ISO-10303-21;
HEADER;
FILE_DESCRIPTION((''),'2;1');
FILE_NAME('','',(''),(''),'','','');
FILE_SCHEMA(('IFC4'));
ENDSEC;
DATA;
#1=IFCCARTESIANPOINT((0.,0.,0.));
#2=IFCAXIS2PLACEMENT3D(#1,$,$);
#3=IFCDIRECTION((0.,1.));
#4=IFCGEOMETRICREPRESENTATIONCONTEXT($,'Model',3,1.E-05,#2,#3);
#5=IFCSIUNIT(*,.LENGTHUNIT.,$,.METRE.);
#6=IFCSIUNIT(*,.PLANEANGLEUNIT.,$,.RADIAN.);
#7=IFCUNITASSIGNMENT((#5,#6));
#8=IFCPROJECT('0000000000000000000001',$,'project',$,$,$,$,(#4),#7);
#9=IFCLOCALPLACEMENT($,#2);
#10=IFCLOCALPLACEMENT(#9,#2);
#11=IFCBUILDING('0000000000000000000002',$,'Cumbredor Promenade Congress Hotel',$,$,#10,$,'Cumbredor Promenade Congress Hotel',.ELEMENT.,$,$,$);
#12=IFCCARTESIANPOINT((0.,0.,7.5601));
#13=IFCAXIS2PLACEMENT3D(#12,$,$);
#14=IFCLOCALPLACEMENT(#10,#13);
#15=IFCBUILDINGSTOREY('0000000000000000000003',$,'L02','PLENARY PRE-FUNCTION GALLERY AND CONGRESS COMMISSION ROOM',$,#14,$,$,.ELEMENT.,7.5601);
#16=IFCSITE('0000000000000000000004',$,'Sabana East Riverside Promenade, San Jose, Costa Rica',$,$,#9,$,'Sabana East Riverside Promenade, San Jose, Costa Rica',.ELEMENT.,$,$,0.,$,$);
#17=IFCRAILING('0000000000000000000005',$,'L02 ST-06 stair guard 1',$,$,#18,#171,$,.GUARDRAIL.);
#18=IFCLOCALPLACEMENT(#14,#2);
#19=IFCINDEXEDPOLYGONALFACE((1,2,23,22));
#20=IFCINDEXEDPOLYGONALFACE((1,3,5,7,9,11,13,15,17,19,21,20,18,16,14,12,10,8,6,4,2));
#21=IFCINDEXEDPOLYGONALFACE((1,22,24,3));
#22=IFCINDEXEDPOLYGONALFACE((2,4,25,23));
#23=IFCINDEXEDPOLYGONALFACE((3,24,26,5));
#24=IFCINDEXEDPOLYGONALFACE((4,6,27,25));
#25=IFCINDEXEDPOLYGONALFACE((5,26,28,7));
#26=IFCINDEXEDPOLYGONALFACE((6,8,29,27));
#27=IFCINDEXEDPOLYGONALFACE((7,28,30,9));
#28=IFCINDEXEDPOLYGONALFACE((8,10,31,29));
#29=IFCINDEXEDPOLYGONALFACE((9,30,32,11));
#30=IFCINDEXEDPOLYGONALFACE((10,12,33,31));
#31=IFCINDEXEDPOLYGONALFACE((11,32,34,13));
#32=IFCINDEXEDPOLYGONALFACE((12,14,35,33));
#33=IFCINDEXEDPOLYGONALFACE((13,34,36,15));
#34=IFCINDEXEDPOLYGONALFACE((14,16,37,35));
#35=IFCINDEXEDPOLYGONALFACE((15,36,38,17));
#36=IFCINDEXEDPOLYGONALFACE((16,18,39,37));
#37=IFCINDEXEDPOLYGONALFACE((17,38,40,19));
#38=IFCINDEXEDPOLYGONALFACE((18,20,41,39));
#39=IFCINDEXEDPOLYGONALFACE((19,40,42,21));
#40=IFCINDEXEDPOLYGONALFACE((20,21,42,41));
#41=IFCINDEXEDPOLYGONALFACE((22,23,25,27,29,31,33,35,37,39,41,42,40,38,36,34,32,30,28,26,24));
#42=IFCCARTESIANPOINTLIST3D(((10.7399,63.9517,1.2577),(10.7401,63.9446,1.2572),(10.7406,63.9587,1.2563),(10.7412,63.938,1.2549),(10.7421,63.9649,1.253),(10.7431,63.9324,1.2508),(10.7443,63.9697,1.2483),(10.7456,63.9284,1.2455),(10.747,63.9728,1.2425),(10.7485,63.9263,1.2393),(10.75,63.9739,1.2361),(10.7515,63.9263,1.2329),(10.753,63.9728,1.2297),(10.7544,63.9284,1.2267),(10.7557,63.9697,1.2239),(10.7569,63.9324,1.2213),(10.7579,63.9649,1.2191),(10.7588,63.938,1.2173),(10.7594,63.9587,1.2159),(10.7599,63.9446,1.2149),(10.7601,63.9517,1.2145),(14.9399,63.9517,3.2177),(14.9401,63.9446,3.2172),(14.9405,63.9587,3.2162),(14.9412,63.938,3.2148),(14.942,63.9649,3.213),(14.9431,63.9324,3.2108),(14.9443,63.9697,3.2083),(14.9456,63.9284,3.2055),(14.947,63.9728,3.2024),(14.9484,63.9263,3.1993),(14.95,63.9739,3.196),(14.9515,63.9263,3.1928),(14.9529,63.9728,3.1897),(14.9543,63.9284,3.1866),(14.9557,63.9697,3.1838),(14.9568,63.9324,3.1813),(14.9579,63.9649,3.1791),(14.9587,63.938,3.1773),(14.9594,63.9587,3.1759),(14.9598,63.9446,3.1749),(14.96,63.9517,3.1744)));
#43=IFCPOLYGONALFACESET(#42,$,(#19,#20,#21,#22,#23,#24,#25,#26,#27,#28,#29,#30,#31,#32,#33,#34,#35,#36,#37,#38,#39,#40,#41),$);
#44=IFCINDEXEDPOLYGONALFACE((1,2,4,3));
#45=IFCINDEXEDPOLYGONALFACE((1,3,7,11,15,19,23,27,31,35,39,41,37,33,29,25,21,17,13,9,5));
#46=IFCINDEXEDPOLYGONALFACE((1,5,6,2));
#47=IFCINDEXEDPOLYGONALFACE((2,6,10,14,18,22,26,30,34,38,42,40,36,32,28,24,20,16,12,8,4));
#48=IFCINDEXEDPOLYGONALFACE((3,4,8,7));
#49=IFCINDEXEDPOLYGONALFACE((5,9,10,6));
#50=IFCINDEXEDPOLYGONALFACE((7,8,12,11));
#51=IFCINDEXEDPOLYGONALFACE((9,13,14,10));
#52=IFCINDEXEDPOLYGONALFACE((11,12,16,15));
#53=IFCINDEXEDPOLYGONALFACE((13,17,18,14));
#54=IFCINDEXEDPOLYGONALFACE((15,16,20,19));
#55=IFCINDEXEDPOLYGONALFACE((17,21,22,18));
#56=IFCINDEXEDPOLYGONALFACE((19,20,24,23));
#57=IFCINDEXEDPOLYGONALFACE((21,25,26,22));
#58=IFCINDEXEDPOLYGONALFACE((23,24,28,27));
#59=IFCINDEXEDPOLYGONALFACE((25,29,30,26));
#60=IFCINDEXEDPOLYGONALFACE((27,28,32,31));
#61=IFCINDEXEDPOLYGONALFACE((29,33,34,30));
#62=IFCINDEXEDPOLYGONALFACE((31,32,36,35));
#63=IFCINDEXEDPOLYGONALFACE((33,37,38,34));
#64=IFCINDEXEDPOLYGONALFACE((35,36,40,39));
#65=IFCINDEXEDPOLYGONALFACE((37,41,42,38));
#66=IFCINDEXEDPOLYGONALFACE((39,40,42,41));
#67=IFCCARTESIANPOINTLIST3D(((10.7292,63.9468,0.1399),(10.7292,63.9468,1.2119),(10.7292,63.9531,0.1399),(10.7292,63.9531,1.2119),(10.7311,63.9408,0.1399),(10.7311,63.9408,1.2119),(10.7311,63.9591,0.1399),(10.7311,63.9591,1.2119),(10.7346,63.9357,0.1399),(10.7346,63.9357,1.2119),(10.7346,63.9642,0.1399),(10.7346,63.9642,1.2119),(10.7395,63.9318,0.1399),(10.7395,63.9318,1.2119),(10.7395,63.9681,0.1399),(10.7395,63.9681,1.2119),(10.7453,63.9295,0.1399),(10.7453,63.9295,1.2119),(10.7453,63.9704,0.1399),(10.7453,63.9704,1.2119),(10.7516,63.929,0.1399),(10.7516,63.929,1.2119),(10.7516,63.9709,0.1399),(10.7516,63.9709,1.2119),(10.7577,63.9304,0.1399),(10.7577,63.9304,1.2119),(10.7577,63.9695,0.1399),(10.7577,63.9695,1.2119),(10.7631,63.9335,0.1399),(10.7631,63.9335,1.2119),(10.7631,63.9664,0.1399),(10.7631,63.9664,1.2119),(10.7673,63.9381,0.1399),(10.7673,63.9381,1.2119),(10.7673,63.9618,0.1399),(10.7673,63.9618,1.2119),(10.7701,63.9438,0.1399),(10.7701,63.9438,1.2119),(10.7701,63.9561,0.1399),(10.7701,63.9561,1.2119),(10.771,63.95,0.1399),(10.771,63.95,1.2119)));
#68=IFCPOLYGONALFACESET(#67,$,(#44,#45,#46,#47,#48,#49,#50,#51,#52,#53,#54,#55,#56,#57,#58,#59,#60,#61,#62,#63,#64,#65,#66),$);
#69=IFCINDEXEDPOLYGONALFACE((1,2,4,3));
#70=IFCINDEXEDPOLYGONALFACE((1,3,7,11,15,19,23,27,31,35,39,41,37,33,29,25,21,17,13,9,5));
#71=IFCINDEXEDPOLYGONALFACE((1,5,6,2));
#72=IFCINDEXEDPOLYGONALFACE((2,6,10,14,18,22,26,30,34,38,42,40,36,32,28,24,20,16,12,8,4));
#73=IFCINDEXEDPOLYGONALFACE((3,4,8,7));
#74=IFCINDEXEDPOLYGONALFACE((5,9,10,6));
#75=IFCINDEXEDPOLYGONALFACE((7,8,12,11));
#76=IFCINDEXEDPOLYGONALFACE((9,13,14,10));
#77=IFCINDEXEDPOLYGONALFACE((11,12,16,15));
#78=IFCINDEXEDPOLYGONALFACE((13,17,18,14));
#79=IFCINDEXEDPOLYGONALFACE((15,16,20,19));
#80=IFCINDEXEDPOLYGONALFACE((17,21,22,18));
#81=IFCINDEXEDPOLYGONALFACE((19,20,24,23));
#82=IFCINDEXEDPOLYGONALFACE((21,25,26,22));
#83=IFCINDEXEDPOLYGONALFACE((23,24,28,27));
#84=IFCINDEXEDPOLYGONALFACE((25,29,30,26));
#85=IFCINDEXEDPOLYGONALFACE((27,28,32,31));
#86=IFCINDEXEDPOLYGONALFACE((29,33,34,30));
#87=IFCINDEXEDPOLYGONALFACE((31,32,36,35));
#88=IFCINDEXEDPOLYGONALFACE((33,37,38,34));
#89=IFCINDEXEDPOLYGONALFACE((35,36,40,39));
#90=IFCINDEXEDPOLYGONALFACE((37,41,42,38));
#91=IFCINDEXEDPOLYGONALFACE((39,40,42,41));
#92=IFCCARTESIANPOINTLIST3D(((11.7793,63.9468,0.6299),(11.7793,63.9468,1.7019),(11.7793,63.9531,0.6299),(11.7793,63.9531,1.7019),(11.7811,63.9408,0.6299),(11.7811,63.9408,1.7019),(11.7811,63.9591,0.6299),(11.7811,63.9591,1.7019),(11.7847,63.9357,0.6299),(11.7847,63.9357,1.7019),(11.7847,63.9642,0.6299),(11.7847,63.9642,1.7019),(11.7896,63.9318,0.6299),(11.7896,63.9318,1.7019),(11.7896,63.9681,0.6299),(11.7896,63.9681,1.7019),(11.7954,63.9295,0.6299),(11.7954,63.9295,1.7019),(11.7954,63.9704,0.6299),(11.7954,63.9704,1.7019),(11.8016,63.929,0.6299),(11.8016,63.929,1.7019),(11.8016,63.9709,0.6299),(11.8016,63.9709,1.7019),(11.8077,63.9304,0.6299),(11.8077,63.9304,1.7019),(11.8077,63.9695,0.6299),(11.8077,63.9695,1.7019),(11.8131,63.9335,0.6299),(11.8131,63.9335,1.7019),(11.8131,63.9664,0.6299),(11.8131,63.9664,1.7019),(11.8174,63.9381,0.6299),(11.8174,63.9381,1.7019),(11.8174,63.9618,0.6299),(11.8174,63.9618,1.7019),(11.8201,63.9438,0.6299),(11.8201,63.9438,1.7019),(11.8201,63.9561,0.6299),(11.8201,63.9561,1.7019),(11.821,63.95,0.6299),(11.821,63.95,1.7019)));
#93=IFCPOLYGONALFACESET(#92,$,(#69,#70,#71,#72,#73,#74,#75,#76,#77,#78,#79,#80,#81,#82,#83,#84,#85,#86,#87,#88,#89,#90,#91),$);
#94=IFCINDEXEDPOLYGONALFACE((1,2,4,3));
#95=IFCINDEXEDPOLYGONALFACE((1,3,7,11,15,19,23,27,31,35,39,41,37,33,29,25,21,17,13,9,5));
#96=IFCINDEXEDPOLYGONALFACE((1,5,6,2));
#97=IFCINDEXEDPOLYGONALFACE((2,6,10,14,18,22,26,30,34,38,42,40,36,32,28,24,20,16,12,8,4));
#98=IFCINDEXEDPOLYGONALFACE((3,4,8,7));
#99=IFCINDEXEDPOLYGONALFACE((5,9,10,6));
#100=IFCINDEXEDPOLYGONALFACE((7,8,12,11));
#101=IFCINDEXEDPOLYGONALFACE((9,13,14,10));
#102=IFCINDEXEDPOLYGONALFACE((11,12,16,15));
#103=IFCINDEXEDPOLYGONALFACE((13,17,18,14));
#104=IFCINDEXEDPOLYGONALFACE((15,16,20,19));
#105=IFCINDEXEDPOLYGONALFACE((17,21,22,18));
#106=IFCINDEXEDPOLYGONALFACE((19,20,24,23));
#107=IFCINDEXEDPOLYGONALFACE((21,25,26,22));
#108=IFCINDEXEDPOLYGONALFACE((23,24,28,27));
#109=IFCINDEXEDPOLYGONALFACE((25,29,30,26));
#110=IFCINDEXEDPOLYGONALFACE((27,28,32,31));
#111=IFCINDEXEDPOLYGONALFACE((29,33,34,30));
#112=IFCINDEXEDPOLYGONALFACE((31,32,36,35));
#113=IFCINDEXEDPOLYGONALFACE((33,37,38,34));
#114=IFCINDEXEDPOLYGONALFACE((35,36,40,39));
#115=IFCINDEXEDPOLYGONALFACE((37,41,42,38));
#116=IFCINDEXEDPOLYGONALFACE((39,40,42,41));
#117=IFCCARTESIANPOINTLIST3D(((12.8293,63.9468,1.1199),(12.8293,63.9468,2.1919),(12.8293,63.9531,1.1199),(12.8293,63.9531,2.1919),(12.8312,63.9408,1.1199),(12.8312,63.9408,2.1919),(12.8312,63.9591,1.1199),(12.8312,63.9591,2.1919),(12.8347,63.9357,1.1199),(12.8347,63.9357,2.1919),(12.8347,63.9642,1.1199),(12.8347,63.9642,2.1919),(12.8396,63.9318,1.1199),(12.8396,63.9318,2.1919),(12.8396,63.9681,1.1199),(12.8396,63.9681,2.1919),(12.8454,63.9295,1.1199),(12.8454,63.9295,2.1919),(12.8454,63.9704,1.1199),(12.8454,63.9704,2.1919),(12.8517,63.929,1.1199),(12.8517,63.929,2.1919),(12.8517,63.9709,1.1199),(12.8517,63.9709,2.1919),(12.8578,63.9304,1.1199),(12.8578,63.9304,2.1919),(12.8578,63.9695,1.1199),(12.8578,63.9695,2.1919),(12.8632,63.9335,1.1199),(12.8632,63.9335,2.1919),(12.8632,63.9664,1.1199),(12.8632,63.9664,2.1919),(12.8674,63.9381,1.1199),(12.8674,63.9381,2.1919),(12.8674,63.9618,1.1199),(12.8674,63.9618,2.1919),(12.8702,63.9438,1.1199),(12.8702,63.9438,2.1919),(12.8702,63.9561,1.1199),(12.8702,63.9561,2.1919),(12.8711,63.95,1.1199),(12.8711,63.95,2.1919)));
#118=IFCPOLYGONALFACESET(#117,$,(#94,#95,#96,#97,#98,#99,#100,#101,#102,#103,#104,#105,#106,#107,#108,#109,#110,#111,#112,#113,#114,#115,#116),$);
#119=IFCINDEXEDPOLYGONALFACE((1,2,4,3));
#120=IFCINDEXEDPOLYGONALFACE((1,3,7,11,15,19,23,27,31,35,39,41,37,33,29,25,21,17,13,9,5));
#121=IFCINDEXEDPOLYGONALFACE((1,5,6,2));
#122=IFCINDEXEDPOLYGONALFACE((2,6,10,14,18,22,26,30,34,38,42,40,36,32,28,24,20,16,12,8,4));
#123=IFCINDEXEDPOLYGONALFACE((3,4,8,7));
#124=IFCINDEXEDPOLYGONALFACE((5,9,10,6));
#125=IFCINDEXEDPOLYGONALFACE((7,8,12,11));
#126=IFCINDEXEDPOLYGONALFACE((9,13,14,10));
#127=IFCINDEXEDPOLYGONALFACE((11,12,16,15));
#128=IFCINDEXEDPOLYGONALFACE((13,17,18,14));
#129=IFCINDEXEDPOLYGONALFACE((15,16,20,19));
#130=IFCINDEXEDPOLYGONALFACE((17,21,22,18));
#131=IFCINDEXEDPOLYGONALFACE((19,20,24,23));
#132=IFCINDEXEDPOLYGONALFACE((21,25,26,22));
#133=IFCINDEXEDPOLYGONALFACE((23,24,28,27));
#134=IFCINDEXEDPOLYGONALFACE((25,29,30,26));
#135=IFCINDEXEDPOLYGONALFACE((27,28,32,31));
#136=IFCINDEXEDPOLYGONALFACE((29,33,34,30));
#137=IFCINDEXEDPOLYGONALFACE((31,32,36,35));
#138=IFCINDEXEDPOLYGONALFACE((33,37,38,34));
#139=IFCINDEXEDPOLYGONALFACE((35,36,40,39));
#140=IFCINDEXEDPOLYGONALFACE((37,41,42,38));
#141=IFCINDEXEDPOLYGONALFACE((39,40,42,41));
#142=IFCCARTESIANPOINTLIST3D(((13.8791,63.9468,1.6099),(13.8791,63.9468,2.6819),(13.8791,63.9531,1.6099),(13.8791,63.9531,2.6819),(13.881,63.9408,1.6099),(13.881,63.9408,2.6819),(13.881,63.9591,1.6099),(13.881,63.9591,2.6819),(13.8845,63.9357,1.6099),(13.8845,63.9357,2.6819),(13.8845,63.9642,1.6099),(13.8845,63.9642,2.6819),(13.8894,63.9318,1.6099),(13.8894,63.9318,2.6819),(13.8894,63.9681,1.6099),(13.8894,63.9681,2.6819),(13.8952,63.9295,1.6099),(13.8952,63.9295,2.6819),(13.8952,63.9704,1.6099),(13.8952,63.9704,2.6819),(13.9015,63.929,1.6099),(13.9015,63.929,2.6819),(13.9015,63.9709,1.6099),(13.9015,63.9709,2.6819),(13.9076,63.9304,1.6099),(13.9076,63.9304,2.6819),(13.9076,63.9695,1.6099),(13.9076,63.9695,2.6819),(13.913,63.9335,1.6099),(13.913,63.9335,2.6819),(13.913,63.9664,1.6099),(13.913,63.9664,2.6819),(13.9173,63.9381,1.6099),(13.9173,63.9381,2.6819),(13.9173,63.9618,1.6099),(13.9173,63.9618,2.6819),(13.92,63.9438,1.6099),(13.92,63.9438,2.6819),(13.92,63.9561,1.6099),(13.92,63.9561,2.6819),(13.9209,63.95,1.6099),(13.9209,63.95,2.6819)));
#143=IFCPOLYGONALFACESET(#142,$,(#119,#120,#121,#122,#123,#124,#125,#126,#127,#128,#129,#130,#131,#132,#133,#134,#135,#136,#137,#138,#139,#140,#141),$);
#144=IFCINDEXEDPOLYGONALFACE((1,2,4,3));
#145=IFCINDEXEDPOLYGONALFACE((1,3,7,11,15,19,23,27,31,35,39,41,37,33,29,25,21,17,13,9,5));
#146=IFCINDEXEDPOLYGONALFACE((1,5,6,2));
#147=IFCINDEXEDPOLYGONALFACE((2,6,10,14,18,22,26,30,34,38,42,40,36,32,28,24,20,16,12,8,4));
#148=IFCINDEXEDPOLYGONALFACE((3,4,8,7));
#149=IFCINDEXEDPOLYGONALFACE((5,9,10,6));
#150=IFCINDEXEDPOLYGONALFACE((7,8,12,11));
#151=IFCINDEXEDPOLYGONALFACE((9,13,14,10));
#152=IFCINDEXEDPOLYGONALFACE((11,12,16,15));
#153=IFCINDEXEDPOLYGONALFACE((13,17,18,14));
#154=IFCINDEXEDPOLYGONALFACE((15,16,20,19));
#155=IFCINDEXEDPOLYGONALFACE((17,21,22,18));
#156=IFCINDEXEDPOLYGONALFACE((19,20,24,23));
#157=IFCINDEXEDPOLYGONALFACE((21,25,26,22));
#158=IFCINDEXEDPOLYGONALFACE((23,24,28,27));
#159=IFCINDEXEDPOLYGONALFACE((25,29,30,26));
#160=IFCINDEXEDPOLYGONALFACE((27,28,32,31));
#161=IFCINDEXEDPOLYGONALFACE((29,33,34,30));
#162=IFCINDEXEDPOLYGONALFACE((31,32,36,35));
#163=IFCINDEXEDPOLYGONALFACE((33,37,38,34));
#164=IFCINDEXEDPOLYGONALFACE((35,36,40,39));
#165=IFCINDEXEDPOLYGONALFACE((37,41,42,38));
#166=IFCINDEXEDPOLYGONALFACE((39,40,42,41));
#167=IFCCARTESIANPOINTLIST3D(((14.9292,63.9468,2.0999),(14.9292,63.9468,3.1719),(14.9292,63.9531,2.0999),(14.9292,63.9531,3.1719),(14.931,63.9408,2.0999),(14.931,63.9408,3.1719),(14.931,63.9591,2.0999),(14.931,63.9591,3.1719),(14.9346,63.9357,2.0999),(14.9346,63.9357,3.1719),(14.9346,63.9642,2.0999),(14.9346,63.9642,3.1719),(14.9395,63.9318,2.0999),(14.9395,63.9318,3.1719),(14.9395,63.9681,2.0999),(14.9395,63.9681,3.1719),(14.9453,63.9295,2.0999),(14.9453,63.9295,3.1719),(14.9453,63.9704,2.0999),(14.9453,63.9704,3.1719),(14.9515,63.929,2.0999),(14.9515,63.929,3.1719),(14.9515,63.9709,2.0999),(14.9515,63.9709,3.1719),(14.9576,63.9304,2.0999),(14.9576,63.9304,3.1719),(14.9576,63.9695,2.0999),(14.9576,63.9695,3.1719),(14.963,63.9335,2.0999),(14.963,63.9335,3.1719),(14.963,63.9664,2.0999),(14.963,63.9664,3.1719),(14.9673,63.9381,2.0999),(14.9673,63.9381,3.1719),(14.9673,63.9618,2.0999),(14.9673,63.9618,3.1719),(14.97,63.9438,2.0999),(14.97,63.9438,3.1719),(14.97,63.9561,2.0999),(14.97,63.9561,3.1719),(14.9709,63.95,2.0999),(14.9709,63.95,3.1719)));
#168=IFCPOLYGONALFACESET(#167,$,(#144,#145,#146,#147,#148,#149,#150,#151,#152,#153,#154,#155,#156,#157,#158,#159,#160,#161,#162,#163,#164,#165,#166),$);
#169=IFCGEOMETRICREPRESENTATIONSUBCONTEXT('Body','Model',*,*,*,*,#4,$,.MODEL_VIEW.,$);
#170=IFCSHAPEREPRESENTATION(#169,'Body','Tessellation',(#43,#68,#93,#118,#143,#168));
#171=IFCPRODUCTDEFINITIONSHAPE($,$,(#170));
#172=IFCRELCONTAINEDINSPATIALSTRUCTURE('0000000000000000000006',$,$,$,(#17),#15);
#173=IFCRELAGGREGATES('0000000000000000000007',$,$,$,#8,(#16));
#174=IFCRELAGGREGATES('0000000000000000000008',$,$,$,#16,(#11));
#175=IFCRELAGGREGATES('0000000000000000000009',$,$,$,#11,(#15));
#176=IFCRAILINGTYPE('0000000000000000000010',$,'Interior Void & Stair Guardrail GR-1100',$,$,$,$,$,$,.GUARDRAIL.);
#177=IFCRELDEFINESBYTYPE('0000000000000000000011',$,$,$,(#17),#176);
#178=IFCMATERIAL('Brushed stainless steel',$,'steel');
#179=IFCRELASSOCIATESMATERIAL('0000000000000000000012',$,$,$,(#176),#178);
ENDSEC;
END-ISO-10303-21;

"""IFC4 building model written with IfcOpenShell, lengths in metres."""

from ifc_helpers import new_model, si_unit, direction, frame, origin, origin_2d, place, context, subcontext, project, spatial, circle, extrude, material, type_object, element, save


model = new_model("IFC4")

# Units and contexts
model_context = context("Model", 3, precision=1e-05, world=origin(), true_north=direction((0.0, 1.0)))
body_context = subcontext(model_context, "Body", "Model", "MODEL_VIEW")
ifc_project = project(units=[si_unit("LENGTHUNIT", "METRE"), si_unit("PLANEANGLEUNIT", "RADIAN")], contexts=[model_context])

# Site, building, storey
site_placement = place(None, origin())
site = spatial("IfcSite", under=ifc_project, at=site_placement, Name="Sabana East Riverside Promenade, San Jose, Costa Rica", LongName="Sabana East Riverside Promenade, San Jose, Costa Rica", CompositionType="ELEMENT", RefElevation=0.0)
building_placement = place(site_placement, origin())
building = spatial("IfcBuilding", under=site, at=building_placement, Name="Cumbredor Promenade Congress Hotel", LongName="Cumbredor Promenade Congress Hotel", CompositionType="ELEMENT")
storey_placement = place(building_placement, frame((0.0, 0.0, 7.5601)))
storey = spatial("IfcBuildingStorey", under=building, at=storey_placement, Name="L02", Description="PLENARY PRE-FUNCTION GALLERY AND CONGRESS COMMISSION ROOM", CompositionType="ELEMENT", Elevation=7.5601)

# Shared definitions
ifc_material_1 = material(Name="Brushed stainless steel", Category="steel")

# Railing
railing_type_1 = type_object("IfcRailingType", Name="Interior Void & Stair Guardrail GR-1100", PredefinedType="GUARDRAIL", material=ifc_material_1)
railing_1_placement = place(storey_placement, frame((10.75, 63.95, 0.1399)))
element("IfcRailing", 1, at=railing_1_placement, inside=storey, type_object=railing_type_1, Name="L02 ST-06 stair guard 1", PredefinedType="GUARDRAIL", context=body_context, shape_type="SweptSolid", body=[
    extrude(circle(Radius=0.0239, at=origin_2d()), frame((0.0, 0.0, 1.0962), z_axis=(0.906184, 0.0, 0.422883), x_axis=(0.0, 1.0, 0.0)), (0.0, 0.0, 1.0), 4.6348),
    extrude(circle(Radius=0.021, at=origin_2d()), origin(), (0.0, 0.0, 1.0), 1.072),
    extrude(circle(Radius=0.021, at=origin_2d()), frame((1.05, 0.0, 0.49)), (0.0, 0.0, 1.0), 1.072),
    extrude(circle(Radius=0.021, at=origin_2d()), frame((2.1001, 0.0, 0.98)), (0.0, 0.0, 1.0), 1.072),
    extrude(circle(Radius=0.021, at=origin_2d()), frame((3.1499, 0.0, 1.47)), (0.0, 0.0, 1.0), 1.072),
    extrude(circle(Radius=0.021, at=origin_2d()), frame((4.2, 0.0, 1.96)), (0.0, 0.0, 1.0), 1.072),
])

save(model, "model.ifc")
